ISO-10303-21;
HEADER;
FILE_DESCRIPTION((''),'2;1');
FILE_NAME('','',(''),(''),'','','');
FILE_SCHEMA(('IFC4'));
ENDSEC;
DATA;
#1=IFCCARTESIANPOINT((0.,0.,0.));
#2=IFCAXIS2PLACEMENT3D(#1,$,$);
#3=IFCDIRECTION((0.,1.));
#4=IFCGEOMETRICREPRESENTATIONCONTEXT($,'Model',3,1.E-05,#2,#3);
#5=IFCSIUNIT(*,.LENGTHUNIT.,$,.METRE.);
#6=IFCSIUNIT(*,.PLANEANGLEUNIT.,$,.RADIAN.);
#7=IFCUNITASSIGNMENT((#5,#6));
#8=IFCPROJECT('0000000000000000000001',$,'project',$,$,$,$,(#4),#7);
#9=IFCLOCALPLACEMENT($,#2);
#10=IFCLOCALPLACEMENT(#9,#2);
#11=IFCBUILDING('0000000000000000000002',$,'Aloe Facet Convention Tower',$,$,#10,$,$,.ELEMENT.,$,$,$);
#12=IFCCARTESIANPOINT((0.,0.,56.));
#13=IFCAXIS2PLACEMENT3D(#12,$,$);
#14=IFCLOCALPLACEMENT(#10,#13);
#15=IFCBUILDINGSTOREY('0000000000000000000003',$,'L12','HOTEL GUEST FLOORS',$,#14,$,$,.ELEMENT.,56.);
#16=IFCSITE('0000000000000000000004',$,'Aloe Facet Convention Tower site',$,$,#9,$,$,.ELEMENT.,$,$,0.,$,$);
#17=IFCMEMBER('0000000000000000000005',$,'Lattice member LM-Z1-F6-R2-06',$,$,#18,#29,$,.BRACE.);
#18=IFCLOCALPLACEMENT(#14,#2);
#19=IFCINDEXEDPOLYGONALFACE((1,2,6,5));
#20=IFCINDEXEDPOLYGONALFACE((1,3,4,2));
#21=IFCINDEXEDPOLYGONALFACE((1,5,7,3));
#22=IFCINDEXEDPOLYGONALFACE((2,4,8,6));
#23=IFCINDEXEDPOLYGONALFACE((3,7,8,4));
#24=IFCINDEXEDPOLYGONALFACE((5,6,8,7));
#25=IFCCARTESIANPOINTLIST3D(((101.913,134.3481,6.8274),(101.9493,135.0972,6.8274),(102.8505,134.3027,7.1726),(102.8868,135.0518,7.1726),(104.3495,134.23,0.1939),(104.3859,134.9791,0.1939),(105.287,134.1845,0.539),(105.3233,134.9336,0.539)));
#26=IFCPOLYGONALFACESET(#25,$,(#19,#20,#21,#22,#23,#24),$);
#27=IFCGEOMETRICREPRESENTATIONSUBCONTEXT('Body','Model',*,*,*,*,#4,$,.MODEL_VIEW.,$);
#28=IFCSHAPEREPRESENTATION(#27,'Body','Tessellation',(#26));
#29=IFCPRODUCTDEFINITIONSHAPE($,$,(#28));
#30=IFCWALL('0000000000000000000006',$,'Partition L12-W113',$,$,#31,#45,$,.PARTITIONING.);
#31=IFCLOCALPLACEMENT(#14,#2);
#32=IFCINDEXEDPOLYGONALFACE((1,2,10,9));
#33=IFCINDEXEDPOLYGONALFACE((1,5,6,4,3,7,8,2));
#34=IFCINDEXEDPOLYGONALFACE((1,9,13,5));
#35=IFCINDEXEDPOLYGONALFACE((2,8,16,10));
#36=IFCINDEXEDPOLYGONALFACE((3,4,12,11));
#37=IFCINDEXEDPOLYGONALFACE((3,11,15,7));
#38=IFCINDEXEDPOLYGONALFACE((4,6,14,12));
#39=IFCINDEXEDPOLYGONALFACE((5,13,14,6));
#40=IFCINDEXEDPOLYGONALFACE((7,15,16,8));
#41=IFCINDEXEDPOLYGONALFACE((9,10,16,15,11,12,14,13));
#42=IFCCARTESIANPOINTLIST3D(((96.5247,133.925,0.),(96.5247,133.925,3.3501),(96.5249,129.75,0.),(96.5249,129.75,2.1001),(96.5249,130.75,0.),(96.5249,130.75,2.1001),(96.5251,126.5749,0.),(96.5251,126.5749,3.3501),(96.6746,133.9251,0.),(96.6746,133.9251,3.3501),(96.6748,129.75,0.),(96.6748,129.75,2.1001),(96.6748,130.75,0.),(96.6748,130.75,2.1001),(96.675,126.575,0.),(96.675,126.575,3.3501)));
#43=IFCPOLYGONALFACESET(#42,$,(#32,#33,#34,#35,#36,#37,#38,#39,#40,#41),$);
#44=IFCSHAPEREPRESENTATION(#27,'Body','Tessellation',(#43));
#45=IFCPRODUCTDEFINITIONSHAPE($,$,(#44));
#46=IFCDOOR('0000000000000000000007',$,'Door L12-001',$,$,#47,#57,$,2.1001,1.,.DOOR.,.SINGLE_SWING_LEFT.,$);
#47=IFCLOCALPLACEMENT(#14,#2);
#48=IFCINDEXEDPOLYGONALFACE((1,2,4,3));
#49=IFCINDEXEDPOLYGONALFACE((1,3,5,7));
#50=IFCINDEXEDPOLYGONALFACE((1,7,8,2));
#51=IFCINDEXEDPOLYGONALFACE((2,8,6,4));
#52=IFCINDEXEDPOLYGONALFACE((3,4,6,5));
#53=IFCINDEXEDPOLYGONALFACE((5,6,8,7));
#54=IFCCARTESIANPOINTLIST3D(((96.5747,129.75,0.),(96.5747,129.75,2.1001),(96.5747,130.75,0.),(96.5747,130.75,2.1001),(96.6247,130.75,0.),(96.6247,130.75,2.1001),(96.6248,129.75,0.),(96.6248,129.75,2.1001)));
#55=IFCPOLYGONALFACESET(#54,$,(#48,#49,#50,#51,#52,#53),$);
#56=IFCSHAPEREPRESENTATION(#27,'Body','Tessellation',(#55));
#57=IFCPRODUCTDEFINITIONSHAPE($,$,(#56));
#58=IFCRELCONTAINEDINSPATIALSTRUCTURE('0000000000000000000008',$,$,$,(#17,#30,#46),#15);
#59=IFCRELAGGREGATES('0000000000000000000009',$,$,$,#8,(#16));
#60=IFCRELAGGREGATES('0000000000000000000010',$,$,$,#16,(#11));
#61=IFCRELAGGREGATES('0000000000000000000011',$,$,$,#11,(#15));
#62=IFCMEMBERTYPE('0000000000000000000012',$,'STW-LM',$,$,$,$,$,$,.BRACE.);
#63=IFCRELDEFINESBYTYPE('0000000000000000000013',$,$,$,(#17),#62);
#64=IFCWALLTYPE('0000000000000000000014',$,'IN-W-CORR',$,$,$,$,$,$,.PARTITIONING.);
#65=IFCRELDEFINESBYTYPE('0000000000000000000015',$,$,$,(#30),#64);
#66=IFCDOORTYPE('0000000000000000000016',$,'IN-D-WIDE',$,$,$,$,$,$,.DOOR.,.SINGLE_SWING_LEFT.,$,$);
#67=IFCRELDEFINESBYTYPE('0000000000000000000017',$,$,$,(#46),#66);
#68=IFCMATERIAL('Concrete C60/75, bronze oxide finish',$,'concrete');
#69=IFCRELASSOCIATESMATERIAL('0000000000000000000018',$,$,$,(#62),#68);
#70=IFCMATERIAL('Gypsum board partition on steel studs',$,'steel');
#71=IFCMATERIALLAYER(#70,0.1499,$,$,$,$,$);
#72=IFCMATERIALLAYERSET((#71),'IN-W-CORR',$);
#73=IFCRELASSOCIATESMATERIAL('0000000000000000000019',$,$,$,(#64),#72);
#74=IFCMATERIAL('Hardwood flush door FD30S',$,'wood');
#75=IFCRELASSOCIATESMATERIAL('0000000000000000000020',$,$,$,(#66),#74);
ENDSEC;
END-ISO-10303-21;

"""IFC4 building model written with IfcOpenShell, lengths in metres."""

from ifc_helpers import new_model, si_unit, direction, frame, frame_2d, origin, origin_2d, place, context, subcontext, project, spatial, rectangle, extrude, material, layer, layer_set, material_profile, profile_set, type_object, element, fill, save


model = new_model("IFC4")

# Units and contexts
model_context = context("Model", 3, precision=1e-05, world=origin(), true_north=direction((0.0, 1.0)))
body_context = subcontext(model_context, "Body", "Model", "MODEL_VIEW")
ifc_project = project(units=[si_unit("LENGTHUNIT", "METRE"), si_unit("PLANEANGLEUNIT", "RADIAN")], contexts=[model_context])

# Site, building, storey
site_placement = place(None, origin())
site = spatial("IfcSite", under=ifc_project, at=site_placement, Name="Aloe Facet Convention Tower site", CompositionType="ELEMENT", RefElevation=0.0)
building_placement = place(site_placement, origin())
building = spatial("IfcBuilding", under=site, at=building_placement, Name="Aloe Facet Convention Tower", CompositionType="ELEMENT")
storey_placement = place(building_placement, frame((0.0, 0.0, 56.0)))
storey = spatial("IfcBuildingStorey", under=building, at=storey_placement, Name="L12", Description="HOTEL GUEST FLOORS", CompositionType="ELEMENT", Elevation=56.0)

# Member
ifc_material_1 = material(Name="Concrete C60/75, bronze oxide finish", Category="concrete")
ifc_material_profile_1 = material_profile(ifc_material_1, rectangle(XDim=0.75, YDim=1.0, at=origin_2d()), Name="STW-LM")
ifc_profile_set_1 = profile_set([ifc_material_profile_1], Name="Concrete C60/75, bronze oxide finish")
member_type = type_object("IfcMemberType", Name="STW-LM", PredefinedType="BRACE", material=ifc_profile_set_1)
member_1_placement = place(storey_placement, frame((104.8364, 134.5818, 0.3665), z_axis=(-0.344733, 0.016719, 0.938552), x_axis=(-0.04844, -0.998826, 0.0)))
element("IfcMember", 1, at=member_1_placement, inside=storey, type_object=member_type, Name="Lattice member LM-Z1-F6-R2-06", PredefinedType="BRACE", context=body_context, shape_type="SweptSolid", body=[
    extrude(rectangle(XDim=0.75, YDim=1.0, at=origin_2d()), origin(), (0.0, 0.0, 1.0), 7.0679),
])

# Wall, opening, door
ifc_material_2 = material(Name="Gypsum board partition on steel studs", Category="steel")
ifc_layer_1 = layer(ifc_material_2, 0.1499)
ifc_layer_set_1 = layer_set([ifc_layer_1], Name="IN-W-CORR")
wall_type_1 = type_object("IfcWallType", Name="IN-W-CORR", PredefinedType="PARTITIONING", material=ifc_layer_set_1)
wall_1_placement = place(storey_placement, frame((96.5996, 133.925, 0.0), z_axis=(0.0, 0.0, 1.0), x_axis=(0.000066, -1.0, 0.0)))
wall_1 = element("IfcWall", 2, at=wall_1_placement, inside=storey, type_object=wall_type_1, Name="Partition L12-W113", PredefinedType="PARTITIONING", context=body_context, shape_type="SweptSolid", body=[
    extrude(rectangle(XDim=7.3501, YDim=0.1499, at=frame_2d((3.675, 0.0))), origin(), (0.0, 0.0, 1.0), 3.3501),
])
opening_1_placement = place(wall_1_placement, frame((3.175, 0.0, 0.0)))
opening_1 = element("IfcOpeningElement", 3, at=opening_1_placement, cuts=wall_1, PredefinedType="OPENING", context=body_context, shape_type="SweptSolid", body=[
    extrude(rectangle(XDim=1.0, YDim=2.1001, at=frame_2d((0.5, 1.05))), frame((0.0, 0.085, 0.0), z_axis=(0.0, -1.0, 0.0), x_axis=(1.0, 0.0, 0.0)), (0.0, 0.0, 1.0), 0.1699),
])
ifc_material_3 = material(Name="Hardwood flush door FD30S", Category="wood")
door_type = type_object("IfcDoorType", Name="IN-D-WIDE", OperationType="SINGLE_SWING_LEFT", PredefinedType="DOOR", material=ifc_material_3)
door_placement = place(opening_1_placement, origin())
door = element("IfcDoor", 4, at=door_placement, inside=storey, type_object=door_type, Name="Door L12-001", OperationType="SINGLE_SWING_LEFT", OverallHeight=2.1001, OverallWidth=1.0, PredefinedType="DOOR", context=body_context, shape_type="SweptSolid", body=[
    extrude(rectangle(XDim=1.0, YDim=2.1001, at=frame_2d((0.5, 1.05))), frame((0.0, 0.0249, 0.0), z_axis=(0.0, -1.0, 0.0), x_axis=(1.0, 0.0, 0.0)), (0.0, 0.0, 1.0), 0.05),
])
fill(opening_1, door)

save(model, "model.ifc")
